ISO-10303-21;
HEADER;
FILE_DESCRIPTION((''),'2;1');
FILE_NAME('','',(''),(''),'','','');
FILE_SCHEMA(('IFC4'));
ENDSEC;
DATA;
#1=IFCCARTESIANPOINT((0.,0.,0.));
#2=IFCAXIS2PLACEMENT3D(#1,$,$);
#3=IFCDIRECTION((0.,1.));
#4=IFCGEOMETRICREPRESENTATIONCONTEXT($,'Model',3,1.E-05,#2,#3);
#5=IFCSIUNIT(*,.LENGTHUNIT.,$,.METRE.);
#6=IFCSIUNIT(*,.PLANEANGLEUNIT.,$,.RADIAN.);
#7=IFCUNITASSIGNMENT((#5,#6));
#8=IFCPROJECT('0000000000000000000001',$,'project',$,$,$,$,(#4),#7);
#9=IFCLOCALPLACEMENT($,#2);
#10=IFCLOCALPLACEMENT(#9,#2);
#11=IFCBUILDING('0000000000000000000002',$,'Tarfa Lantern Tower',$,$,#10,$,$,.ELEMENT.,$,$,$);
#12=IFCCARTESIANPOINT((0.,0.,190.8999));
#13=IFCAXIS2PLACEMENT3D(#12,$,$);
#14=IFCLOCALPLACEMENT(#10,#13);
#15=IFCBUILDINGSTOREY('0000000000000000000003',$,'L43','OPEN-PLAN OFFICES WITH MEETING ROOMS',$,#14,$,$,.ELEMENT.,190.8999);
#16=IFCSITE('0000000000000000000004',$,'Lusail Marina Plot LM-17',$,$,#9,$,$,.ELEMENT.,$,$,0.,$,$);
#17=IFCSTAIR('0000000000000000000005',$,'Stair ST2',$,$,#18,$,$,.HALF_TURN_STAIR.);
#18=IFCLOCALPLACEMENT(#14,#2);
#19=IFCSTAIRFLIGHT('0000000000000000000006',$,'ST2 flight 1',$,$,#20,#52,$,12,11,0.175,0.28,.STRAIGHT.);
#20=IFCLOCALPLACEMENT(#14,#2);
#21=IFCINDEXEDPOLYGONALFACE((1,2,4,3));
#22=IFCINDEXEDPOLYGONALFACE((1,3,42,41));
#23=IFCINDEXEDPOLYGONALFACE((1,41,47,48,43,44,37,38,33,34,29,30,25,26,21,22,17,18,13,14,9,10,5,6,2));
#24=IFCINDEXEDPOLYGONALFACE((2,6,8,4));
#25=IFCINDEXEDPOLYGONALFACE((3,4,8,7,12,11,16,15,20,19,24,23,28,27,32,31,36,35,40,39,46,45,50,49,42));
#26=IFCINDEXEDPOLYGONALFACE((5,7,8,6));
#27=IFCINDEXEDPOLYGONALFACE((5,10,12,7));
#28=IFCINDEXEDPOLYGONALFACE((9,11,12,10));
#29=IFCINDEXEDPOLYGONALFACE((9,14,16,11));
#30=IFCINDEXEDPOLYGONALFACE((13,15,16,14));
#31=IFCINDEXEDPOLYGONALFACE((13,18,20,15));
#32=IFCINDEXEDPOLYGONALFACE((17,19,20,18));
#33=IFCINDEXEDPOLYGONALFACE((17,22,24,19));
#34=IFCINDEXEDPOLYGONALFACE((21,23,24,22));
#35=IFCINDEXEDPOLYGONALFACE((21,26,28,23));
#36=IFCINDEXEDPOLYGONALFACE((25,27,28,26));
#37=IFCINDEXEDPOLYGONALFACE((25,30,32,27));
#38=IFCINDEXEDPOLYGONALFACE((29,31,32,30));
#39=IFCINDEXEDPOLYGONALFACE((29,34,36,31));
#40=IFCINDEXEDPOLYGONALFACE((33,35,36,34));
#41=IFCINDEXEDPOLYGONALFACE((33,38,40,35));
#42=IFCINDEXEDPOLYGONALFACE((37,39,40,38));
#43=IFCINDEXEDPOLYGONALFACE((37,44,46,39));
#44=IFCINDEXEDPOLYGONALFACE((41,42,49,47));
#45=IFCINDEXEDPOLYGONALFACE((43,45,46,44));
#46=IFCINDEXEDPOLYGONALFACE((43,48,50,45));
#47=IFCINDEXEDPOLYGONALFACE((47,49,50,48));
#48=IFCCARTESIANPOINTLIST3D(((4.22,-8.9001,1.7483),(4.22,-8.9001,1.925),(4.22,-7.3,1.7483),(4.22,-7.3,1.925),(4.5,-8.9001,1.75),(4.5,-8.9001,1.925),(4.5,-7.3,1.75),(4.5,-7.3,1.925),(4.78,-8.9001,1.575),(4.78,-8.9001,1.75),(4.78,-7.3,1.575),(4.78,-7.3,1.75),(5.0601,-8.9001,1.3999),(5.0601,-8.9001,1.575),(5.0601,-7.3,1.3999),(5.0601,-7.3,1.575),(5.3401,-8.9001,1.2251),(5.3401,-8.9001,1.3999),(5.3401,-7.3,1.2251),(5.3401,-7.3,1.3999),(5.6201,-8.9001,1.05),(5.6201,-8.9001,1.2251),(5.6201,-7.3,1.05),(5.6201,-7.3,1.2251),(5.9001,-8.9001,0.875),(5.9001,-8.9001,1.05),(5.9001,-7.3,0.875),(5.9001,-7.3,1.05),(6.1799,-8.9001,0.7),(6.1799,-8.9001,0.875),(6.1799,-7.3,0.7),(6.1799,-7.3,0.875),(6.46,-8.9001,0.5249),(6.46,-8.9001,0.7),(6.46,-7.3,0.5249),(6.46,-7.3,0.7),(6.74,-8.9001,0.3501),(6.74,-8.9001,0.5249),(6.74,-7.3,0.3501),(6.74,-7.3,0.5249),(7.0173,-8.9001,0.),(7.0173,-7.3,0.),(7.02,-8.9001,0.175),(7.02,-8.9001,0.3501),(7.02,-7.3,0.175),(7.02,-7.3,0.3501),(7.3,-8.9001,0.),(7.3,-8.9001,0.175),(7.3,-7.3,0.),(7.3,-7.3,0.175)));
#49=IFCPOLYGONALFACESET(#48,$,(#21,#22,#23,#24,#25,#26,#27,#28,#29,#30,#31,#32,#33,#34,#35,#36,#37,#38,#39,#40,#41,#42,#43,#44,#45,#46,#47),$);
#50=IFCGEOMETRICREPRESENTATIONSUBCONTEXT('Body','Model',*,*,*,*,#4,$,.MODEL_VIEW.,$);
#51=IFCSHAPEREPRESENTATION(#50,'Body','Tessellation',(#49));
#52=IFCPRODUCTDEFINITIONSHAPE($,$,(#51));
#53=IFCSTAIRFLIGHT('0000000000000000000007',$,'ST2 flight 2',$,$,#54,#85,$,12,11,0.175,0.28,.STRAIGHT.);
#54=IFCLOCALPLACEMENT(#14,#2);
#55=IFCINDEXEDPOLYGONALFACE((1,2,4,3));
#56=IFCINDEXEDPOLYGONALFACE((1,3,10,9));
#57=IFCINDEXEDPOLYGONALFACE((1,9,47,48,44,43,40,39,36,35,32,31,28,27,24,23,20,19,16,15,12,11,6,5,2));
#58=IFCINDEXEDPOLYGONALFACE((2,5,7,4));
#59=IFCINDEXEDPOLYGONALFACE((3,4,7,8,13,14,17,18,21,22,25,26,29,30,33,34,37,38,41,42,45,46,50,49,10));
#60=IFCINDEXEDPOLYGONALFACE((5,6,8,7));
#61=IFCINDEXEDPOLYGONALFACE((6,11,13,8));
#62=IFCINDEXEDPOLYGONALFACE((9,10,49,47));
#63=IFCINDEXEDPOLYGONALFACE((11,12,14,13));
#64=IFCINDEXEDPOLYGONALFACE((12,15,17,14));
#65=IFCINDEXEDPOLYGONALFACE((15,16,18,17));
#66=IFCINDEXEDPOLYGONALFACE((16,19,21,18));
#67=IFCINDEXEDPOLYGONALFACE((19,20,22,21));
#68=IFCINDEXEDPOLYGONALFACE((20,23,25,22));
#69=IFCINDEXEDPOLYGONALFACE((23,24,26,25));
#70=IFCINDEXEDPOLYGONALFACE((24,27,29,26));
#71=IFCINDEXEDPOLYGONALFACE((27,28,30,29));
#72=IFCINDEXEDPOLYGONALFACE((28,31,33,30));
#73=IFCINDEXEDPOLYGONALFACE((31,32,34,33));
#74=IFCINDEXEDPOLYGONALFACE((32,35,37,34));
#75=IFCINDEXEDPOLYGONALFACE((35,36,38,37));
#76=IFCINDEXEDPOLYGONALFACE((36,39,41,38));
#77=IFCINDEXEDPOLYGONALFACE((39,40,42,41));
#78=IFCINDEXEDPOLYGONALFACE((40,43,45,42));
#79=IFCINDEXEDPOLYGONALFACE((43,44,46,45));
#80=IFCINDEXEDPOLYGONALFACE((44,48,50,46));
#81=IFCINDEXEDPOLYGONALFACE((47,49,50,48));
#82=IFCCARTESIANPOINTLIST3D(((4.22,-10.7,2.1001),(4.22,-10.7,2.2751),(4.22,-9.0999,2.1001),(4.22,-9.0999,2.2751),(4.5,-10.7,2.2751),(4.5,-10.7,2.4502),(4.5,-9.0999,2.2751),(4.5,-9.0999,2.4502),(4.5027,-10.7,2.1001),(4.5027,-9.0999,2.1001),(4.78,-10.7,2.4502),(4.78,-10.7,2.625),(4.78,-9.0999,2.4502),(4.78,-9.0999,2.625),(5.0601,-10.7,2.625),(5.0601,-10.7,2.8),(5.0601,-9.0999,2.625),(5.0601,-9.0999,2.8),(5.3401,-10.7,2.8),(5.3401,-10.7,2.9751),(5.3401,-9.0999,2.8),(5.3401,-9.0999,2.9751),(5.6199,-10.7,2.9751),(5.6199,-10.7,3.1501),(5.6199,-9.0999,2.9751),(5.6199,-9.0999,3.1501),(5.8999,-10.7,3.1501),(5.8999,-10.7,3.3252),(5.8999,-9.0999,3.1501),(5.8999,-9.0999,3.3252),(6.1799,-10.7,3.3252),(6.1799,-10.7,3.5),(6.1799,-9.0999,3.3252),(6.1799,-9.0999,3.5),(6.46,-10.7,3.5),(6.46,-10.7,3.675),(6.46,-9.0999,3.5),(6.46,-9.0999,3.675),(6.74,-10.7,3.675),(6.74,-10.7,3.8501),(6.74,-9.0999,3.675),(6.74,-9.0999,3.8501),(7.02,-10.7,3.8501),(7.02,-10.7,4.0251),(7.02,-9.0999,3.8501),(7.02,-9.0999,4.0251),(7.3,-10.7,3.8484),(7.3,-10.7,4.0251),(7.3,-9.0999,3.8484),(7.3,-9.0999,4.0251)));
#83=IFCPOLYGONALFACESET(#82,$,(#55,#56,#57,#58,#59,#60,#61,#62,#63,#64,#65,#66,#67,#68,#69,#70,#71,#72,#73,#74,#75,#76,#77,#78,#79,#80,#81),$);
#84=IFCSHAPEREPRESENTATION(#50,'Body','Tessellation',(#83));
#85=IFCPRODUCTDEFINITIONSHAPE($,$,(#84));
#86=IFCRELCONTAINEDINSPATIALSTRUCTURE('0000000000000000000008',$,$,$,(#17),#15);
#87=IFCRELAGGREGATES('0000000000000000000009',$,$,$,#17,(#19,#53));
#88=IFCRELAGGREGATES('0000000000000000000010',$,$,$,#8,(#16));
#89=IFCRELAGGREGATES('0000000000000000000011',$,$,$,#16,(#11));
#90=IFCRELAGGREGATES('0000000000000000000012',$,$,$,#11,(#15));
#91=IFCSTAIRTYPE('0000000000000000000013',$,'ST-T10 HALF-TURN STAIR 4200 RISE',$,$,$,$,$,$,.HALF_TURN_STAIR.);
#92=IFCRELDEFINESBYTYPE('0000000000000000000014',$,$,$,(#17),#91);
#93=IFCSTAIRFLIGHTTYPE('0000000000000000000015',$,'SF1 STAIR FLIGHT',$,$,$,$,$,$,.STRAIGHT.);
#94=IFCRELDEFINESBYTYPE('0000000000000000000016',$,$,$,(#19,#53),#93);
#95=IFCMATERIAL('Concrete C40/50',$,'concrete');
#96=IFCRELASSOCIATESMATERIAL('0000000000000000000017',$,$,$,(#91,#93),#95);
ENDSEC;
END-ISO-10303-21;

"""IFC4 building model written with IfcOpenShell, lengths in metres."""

from ifc_helpers import new_model, si_unit, direction, frame, origin, place, context, subcontext, project, spatial, polyline, outline, extrude, material, type_object, element, aggregate, save


model = new_model("IFC4")

# Units and contexts
model_context = context("Model", 3, precision=1e-05, world=origin(), true_north=direction((0.0, 1.0)))
body_context = subcontext(model_context, "Body", "Model", "MODEL_VIEW")
ifc_project = project(units=[si_unit("LENGTHUNIT", "METRE"), si_unit("PLANEANGLEUNIT", "RADIAN")], contexts=[model_context])

# Site, building, storey
site_placement = place(None, origin())
site = spatial("IfcSite", under=ifc_project, at=site_placement, Name="Lusail Marina Plot LM-17", CompositionType="ELEMENT", RefElevation=0.0)
building_placement = place(site_placement, origin())
building = spatial("IfcBuilding", under=site, at=building_placement, Name="Tarfa Lantern Tower", CompositionType="ELEMENT")
storey_placement = place(building_placement, frame((0.0, 0.0, 190.8999)))
storey = spatial("IfcBuildingStorey", under=building, at=storey_placement, Name="L43", Description="OPEN-PLAN OFFICES WITH MEETING ROOMS", CompositionType="ELEMENT", Elevation=190.8999)

# Stair, stair flights
ifc_material_1 = material(Name="Concrete C40/50", Category="concrete")
stair_type = type_object("IfcStairType", Name="ST-T10 HALF-TURN STAIR 4200 RISE", PredefinedType="HALF_TURN_STAIR", material=ifc_material_1)
stair_placement = place(storey_placement, origin())
stair = element("IfcStair", 1, at=stair_placement, inside=storey, type_object=stair_type, Name="Stair ST2", PredefinedType="HALF_TURN_STAIR")
stair_flight_type = type_object("IfcStairFlightType", Name="SF1 STAIR FLIGHT", PredefinedType="STRAIGHT", material=ifc_material_1)
stair_flight_1_placement = place(storey_placement, frame((7.3, -8.1001, 0.0), z_axis=(0.0, 0.0, 1.0), x_axis=(-1.0, 0.0, 0.0)))
stair_flight_1 = element("IfcStairFlight", 2, at=stair_flight_1_placement, type_object=stair_flight_type, Name="ST2 flight 1", NumberOfRisers=12, NumberOfTreads=11, PredefinedType="STRAIGHT", RiserHeight=0.175, TreadLength=0.28, context=body_context, shape_type="SweptSolid", body=[
    extrude(outline(polyline([(0.0, 0.0), (0.0, 0.175), (0.28, 0.175), (0.28, 0.3501), (0.5601, 0.3501), (0.5601, 0.5249), (0.8401, 0.5249), (0.8401, 0.7), (1.1201, 0.7), (1.1201, 0.875), (1.3999, 0.875), (1.3999, 1.05), (1.6799, 1.05), (1.6799, 1.2251), (1.96, 1.2251), (1.96, 1.3999), (2.24, 1.3999), (2.24, 1.575), (2.52, 1.575), (2.52, 1.75), (2.8, 1.75), (2.8, 1.925), (3.0801, 1.925), (3.0801, 2.1001), (3.0801, 1.7483), (0.2827, 0.0), (0.0, 0.0)])), frame((0.0, 0.8, 0.0), z_axis=(0.0, -1.0, 0.0), x_axis=(1.0, 0.0, 0.0)), (0.0, 0.0, 1.0), 1.6001),
])
stair_flight_2_placement = place(storey_placement, frame((4.22, -9.8999, 2.1001), z_axis=(0.0, 0.0, 1.0), x_axis=(1.0, 0.0, 0.0)))
stair_flight_2 = element("IfcStairFlight", 3, at=stair_flight_2_placement, type_object=stair_flight_type, Name="ST2 flight 2", NumberOfRisers=12, NumberOfTreads=11, PredefinedType="STRAIGHT", RiserHeight=0.175, TreadLength=0.28, context=body_context, shape_type="SweptSolid", body=[
    extrude(outline(polyline([(0.0, 0.0), (0.0, 0.175), (0.28, 0.175), (0.28, 0.3501), (0.5601, 0.3501), (0.5601, 0.5249), (0.8401, 0.5249), (0.8401, 0.7), (1.1201, 0.7), (1.1201, 0.875), (1.3999, 0.875), (1.3999, 1.05), (1.6799, 1.05), (1.6799, 1.2251), (1.96, 1.2251), (1.96, 1.3999), (2.24, 1.3999), (2.24, 1.575), (2.52, 1.575), (2.52, 1.75), (2.8, 1.75), (2.8, 1.925), (3.0801, 1.925), (3.0801, 2.1001), (3.0801, 1.7483), (0.2827, 0.0), (0.0, 0.0)])), frame((0.0, 0.8, 0.0), z_axis=(0.0, -1.0, 0.0), x_axis=(1.0, 0.0, 0.0)), (0.0, 0.0, 1.0), 1.6001),
])
aggregate(stair, [stair_flight_1, stair_flight_2])

save(model, "model.ifc")
